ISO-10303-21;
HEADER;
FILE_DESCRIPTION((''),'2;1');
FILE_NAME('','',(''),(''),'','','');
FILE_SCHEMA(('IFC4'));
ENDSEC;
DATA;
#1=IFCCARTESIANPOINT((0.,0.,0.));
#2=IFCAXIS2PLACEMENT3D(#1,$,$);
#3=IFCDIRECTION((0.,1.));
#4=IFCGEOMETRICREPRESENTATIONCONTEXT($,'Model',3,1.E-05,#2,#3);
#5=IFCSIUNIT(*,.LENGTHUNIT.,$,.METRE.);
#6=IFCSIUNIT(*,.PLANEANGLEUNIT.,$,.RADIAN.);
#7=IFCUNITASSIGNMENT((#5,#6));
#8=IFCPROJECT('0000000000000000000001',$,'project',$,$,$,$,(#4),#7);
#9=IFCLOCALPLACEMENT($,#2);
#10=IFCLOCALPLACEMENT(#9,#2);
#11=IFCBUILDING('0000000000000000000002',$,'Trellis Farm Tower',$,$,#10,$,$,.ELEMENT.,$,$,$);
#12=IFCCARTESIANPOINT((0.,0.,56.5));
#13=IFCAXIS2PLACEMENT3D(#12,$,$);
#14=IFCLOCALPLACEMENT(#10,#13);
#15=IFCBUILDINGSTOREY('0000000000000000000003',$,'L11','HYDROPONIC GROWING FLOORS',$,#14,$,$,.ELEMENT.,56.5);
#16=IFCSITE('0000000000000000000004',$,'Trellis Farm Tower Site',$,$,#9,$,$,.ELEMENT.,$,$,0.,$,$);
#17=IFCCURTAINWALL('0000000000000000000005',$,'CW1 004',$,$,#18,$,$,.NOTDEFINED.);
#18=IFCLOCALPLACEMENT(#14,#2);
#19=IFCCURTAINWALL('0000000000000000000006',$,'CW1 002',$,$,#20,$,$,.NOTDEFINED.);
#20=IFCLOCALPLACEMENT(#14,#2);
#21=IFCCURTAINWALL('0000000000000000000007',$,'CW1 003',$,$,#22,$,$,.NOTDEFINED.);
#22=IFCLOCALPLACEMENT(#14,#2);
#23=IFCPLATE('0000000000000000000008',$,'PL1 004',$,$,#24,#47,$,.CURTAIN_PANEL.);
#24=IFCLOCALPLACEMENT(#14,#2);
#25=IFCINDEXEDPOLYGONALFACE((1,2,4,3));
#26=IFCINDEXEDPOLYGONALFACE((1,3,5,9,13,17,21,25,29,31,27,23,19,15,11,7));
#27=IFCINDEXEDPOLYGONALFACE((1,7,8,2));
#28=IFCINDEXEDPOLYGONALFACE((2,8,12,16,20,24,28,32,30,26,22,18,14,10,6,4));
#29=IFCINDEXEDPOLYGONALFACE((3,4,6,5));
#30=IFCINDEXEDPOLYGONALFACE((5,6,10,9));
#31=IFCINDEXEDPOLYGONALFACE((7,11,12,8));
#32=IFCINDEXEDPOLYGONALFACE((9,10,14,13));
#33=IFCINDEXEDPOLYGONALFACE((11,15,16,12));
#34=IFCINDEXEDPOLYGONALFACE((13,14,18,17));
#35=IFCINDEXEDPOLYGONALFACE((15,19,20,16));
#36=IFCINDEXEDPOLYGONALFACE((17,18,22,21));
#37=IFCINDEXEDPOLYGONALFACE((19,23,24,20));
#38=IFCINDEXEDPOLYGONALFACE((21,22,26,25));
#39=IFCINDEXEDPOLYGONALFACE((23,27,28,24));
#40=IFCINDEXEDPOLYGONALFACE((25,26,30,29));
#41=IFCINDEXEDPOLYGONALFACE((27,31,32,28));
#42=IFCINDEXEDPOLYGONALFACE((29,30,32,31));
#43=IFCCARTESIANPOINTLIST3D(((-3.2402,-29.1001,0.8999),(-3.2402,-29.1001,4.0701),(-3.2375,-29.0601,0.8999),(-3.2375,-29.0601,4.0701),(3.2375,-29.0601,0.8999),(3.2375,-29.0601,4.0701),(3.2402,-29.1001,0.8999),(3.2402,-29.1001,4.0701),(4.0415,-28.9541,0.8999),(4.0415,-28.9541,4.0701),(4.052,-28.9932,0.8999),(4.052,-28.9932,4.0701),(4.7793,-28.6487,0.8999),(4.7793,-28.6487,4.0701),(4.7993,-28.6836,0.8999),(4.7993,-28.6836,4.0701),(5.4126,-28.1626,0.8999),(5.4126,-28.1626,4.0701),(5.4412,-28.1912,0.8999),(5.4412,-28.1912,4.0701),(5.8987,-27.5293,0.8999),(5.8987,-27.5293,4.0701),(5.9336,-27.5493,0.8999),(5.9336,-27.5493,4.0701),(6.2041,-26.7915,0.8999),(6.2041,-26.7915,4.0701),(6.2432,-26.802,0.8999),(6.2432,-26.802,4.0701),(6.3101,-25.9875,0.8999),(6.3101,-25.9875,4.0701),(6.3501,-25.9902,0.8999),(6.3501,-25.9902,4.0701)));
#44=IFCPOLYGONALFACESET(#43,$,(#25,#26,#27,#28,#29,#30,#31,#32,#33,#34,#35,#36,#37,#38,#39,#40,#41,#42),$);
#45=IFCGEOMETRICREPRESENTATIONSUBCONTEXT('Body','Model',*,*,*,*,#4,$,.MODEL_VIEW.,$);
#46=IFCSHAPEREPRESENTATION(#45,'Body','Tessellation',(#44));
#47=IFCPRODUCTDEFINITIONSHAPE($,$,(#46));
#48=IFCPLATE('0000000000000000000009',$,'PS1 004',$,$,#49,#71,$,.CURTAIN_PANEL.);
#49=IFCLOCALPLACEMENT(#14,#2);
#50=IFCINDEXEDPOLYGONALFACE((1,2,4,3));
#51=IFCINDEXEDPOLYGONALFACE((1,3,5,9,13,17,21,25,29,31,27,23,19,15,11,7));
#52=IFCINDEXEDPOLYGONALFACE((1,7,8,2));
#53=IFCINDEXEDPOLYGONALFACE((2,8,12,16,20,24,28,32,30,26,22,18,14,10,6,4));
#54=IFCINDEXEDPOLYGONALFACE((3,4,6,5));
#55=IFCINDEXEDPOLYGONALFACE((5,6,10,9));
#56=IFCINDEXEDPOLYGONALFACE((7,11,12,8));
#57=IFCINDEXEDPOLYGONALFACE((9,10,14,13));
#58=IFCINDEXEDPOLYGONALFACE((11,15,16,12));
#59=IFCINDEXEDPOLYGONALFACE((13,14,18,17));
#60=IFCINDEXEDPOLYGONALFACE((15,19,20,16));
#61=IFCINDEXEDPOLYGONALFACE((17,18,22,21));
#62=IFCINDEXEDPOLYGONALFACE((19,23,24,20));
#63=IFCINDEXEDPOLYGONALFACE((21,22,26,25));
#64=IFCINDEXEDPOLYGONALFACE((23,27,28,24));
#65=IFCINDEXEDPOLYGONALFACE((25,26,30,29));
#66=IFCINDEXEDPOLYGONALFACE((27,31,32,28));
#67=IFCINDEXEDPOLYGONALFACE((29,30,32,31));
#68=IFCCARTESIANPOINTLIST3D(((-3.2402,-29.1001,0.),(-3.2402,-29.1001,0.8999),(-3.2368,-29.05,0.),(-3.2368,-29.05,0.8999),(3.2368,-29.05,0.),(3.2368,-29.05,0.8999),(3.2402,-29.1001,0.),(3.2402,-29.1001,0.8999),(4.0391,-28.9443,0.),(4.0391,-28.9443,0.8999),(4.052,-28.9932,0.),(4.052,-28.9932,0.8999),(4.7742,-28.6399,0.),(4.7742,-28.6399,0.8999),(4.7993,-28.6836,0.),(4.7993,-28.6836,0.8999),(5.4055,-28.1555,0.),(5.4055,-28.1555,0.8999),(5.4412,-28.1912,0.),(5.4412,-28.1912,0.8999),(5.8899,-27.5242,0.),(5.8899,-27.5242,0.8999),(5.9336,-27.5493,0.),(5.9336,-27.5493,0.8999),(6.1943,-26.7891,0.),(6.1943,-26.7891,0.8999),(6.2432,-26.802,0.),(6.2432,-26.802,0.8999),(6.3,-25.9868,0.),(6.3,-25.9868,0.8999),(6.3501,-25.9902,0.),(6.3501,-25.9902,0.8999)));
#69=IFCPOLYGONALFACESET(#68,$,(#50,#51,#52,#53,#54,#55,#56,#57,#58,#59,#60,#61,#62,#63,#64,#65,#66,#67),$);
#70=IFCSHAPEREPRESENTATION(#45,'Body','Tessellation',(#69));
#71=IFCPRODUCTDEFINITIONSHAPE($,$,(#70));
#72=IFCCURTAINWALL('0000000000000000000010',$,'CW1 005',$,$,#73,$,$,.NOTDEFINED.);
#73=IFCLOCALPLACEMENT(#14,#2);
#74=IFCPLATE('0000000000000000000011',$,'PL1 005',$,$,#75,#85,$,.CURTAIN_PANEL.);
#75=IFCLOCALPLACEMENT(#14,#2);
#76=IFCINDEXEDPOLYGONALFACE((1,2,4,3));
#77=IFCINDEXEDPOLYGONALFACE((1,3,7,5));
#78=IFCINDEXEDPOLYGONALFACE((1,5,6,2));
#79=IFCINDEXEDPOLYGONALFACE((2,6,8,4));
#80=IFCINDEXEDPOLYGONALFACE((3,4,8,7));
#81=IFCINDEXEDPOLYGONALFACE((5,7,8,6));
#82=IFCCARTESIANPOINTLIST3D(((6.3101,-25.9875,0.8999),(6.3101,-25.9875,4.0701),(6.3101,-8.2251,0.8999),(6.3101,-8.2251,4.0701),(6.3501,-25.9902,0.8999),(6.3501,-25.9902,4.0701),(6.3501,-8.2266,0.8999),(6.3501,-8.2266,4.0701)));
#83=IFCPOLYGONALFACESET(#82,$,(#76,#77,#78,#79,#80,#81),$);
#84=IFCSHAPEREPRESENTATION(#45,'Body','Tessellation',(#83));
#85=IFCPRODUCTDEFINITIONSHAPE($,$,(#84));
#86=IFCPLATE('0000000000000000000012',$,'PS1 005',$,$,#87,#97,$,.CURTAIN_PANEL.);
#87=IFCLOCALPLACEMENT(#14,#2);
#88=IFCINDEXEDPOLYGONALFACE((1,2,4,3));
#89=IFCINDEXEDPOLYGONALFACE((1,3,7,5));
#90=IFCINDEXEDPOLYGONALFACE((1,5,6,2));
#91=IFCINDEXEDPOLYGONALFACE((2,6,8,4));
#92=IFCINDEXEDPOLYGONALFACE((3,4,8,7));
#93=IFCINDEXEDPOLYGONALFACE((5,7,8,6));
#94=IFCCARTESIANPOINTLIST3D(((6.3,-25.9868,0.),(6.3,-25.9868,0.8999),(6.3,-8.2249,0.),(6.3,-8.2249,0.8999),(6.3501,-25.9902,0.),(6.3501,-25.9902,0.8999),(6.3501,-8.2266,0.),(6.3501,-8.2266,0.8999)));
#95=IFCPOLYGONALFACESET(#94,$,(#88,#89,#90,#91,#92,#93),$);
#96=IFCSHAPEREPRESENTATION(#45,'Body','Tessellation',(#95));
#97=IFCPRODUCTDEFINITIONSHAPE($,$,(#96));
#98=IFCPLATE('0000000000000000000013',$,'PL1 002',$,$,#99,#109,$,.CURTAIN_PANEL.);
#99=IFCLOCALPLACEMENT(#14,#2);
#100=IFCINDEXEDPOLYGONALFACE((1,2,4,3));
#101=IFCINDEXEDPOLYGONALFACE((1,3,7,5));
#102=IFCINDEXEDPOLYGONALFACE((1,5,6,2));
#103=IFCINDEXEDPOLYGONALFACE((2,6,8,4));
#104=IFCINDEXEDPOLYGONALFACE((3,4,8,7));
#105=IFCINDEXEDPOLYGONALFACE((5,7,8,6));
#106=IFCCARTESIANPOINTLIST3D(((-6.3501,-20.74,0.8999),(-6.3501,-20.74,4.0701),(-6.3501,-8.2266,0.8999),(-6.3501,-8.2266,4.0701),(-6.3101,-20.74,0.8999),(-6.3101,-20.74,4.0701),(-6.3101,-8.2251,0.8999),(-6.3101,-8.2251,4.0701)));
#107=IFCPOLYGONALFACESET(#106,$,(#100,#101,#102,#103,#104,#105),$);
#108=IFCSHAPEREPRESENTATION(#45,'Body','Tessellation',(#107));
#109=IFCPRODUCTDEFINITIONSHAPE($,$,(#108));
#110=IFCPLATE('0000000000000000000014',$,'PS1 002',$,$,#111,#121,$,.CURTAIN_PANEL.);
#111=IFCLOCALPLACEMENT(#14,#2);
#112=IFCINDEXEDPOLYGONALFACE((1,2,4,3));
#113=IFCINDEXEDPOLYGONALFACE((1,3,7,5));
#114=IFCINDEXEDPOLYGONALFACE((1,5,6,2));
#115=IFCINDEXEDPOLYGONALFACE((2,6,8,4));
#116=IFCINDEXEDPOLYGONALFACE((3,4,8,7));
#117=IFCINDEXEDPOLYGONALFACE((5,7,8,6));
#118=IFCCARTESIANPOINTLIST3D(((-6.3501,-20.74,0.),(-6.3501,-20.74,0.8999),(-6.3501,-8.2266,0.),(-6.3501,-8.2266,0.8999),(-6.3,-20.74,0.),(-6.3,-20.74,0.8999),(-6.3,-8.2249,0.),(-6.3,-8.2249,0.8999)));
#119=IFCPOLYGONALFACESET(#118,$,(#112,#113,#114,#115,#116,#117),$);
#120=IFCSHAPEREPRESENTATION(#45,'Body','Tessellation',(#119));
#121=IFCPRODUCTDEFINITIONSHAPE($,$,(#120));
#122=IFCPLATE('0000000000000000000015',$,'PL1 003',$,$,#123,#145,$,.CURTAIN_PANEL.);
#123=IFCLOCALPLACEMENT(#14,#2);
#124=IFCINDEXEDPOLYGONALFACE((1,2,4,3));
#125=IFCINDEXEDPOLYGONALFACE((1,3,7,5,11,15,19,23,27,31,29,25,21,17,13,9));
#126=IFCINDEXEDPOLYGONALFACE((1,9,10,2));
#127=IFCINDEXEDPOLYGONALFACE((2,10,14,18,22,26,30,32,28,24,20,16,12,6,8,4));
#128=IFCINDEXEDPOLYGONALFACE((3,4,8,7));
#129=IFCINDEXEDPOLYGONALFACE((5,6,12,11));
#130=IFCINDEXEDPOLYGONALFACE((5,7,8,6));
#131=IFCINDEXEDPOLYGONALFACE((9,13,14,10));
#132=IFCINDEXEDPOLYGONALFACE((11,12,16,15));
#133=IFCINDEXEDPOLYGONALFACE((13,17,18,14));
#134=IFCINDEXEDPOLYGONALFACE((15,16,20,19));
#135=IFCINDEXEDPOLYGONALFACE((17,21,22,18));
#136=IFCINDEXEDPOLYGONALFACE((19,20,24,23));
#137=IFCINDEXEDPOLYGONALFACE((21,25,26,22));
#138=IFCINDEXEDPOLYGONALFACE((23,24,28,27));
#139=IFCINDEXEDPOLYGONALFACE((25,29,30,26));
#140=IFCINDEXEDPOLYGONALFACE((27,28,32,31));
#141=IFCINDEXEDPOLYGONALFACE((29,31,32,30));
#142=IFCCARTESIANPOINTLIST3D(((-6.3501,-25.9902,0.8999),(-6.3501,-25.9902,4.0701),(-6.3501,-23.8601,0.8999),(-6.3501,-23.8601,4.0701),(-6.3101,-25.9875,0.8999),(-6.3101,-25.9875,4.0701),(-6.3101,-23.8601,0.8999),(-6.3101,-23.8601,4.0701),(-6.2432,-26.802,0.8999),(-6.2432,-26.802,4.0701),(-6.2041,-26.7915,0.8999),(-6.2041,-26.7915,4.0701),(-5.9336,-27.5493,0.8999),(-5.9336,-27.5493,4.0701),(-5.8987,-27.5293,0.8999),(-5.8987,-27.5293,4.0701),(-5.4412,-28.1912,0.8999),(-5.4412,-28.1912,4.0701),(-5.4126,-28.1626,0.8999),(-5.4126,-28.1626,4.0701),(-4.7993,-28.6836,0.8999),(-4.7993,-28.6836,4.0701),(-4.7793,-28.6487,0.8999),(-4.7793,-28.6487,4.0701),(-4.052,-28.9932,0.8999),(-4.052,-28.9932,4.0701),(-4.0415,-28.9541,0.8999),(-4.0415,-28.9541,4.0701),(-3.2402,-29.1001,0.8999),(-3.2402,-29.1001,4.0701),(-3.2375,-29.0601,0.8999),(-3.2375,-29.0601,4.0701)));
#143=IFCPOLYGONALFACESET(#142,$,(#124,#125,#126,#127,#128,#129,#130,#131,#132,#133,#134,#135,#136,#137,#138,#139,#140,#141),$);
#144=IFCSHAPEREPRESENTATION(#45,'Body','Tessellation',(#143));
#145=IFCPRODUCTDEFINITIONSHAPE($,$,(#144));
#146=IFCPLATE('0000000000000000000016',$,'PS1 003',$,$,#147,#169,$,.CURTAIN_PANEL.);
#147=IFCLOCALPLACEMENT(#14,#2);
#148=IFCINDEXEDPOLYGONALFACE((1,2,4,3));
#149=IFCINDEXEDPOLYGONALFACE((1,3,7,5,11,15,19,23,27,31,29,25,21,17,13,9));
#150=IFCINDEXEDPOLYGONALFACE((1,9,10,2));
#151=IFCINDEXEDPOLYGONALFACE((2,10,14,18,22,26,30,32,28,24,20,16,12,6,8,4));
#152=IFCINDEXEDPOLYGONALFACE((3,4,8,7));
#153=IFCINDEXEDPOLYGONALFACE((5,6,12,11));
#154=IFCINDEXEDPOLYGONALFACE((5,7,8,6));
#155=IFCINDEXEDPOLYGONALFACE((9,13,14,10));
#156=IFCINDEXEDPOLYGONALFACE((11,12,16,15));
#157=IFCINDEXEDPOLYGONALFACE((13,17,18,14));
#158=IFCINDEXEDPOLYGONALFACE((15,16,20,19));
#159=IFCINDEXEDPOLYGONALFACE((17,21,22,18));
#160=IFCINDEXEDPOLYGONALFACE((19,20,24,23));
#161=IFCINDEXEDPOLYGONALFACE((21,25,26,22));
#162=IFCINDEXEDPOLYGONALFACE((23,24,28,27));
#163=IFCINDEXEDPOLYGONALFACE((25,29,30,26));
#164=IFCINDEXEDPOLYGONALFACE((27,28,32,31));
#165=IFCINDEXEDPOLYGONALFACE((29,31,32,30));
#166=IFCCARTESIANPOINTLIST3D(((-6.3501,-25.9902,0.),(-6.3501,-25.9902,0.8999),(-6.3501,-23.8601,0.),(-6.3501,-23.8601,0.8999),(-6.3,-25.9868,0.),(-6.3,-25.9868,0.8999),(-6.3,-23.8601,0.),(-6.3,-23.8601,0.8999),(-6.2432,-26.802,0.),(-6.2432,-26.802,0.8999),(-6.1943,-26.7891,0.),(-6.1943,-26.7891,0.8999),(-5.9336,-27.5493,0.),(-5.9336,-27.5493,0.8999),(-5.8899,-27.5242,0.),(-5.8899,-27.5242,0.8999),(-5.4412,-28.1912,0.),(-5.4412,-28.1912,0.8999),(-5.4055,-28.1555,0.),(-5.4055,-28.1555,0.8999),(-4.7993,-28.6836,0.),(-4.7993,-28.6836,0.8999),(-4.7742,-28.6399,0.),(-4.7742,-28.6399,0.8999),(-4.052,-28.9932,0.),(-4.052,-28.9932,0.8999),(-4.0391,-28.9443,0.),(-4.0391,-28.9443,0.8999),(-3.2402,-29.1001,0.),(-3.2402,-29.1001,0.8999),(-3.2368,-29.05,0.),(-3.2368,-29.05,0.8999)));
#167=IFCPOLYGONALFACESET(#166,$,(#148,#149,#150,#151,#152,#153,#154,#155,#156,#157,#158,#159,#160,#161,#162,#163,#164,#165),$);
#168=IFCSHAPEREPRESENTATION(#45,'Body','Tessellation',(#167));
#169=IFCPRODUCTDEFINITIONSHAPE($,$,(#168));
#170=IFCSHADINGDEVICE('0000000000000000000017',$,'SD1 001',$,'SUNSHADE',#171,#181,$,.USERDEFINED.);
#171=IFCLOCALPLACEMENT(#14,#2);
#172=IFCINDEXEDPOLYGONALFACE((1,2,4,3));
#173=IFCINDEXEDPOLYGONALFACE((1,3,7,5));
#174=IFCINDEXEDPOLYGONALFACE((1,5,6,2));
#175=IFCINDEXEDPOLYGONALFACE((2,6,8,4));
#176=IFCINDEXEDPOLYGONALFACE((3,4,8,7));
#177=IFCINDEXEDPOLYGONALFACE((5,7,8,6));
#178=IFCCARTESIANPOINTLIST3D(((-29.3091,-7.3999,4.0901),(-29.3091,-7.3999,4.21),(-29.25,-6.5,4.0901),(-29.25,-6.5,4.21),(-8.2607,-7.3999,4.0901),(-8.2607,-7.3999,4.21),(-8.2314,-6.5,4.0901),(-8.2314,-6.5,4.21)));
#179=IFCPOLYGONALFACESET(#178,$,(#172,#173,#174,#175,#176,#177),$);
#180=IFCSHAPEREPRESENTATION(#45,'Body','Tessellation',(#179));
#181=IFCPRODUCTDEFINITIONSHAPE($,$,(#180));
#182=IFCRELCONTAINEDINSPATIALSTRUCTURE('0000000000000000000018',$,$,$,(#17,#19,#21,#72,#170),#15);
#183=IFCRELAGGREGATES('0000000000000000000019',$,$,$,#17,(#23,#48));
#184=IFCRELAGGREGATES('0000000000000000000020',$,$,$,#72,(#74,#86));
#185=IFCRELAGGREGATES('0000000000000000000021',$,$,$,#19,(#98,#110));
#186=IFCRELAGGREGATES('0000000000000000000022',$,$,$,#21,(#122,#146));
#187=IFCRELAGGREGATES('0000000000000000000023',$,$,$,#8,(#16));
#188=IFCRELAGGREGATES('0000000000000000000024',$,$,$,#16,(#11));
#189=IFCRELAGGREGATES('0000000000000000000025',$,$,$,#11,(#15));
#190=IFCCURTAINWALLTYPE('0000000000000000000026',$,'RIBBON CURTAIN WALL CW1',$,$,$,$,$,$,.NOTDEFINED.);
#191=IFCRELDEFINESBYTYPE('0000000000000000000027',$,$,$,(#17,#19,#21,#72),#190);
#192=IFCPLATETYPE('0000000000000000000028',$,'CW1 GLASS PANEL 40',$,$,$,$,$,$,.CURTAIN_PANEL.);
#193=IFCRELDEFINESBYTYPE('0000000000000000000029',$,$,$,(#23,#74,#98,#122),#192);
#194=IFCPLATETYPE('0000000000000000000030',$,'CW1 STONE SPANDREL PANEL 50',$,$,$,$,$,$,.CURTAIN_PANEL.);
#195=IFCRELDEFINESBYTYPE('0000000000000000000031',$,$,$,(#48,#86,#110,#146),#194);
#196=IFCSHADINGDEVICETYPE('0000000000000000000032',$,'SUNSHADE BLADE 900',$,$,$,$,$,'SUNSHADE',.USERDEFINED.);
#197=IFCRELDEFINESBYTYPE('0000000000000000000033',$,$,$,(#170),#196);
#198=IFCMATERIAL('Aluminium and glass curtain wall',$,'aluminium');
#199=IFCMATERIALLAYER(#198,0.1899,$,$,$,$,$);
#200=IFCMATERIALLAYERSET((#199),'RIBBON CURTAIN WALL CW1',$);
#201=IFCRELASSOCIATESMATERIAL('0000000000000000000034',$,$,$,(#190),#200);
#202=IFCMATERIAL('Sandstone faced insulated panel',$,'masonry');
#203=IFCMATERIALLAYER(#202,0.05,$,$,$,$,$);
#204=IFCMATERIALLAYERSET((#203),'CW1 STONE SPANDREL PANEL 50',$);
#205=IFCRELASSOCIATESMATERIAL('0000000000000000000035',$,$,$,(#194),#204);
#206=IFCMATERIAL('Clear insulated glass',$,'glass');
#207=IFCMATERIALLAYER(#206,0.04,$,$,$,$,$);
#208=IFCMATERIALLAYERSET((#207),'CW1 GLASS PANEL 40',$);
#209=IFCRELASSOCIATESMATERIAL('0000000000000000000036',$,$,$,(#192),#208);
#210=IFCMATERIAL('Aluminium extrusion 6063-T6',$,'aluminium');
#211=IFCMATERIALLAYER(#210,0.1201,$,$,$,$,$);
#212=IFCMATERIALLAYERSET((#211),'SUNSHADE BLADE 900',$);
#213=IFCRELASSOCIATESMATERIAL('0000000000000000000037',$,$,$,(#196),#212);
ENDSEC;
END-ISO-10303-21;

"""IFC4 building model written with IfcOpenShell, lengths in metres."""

from ifc_helpers import new_model, si_unit, direction, frame, origin, place, context, subcontext, project, spatial, polyline, outline, extrude, source, transform, mapped, material, layer, layer_set, type_object, element, aggregate, save


model = new_model("IFC4")

# Units and contexts
model_context = context("Model", 3, precision=1e-05, world=origin(), true_north=direction((0.0, 1.0)))
body_context = subcontext(model_context, "Body", "Model", "MODEL_VIEW")
ifc_project = project(units=[si_unit("LENGTHUNIT", "METRE"), si_unit("PLANEANGLEUNIT", "RADIAN")], contexts=[model_context])

# Site, building, storey
site_placement = place(None, origin())
site = spatial("IfcSite", under=ifc_project, at=site_placement, Name="Trellis Farm Tower Site", CompositionType="ELEMENT", RefElevation=0.0)
building_placement = place(site_placement, origin())
building = spatial("IfcBuilding", under=site, at=building_placement, Name="Trellis Farm Tower", CompositionType="ELEMENT")
storey_placement = place(building_placement, frame((0.0, 0.0, 56.5)))
storey = spatial("IfcBuildingStorey", under=building, at=storey_placement, Name="L11", Description="HYDROPONIC GROWING FLOORS", CompositionType="ELEMENT", Elevation=56.5)

# Curtain walls
ifc_material_1 = material(Name="Aluminium and glass curtain wall", Category="aluminium")
ifc_layer_1 = layer(ifc_material_1, 0.1899)
ifc_layer_set_1 = layer_set([ifc_layer_1], Name="RIBBON CURTAIN WALL CW1")
curtain_wall_type_1 = type_object("IfcCurtainWallType", Name="RIBBON CURTAIN WALL CW1", PredefinedType="NOTDEFINED", material=ifc_layer_set_1)
placement_1 = place(storey_placement, origin())
ifc_material_2 = material(Name="Aluminium extrusion 6063-T6", Category="aluminium")
curtain_wall_1 = element("IfcCurtainWall", 1, at=placement_1, inside=storey, type_object=curtain_wall_type_1, Name="CW1 004", PredefinedType="NOTDEFINED")
curtain_wall_2 = element("IfcCurtainWall", 2, at=placement_1, inside=storey, type_object=curtain_wall_type_1, Name="CW1 002", PredefinedType="NOTDEFINED")
curtain_wall_3 = element("IfcCurtainWall", 3, at=placement_1, inside=storey, type_object=curtain_wall_type_1, Name="CW1 003", PredefinedType="NOTDEFINED")

# Plates
ifc_material_3 = material(Name="Sandstone faced insulated panel", Category="masonry")
ifc_layer_2 = layer(ifc_material_3, 0.05)
ifc_layer_set_2 = layer_set([ifc_layer_2], Name="CW1 STONE SPANDREL PANEL 50")
plate_type_1 = type_object("IfcPlateType", Name="CW1 STONE SPANDREL PANEL 50", PredefinedType="CURTAIN_PANEL", material=ifc_layer_set_2)
ifc_material_4 = material(Name="Clear insulated glass", Category="glass")
ifc_layer_3 = layer(ifc_material_4, 0.04)
ifc_layer_set_3 = layer_set([ifc_layer_3], Name="CW1 GLASS PANEL 40")
plate_type_2 = type_object("IfcPlateType", Name="CW1 GLASS PANEL 40", PredefinedType="CURTAIN_PANEL", material=ifc_layer_set_3)
shared_shape_1 = source(origin(), body_context, "Body", "SweptSolid", [
    extrude(outline(polyline([(-3.2402, -29.1001), (3.2402, -29.1001), (4.052, -28.9932), (4.7993, -28.6836), (5.4412, -28.1912), (5.9336, -27.5493), (6.2432, -26.802), (6.3501, -25.9902), (6.3101, -25.9875), (6.2041, -26.7915), (5.8987, -27.5293), (5.4126, -28.1626), (4.7793, -28.6487), (4.0415, -28.9541), (3.2375, -29.0601), (-3.2375, -29.0601), (-3.2402, -29.1001)])), origin(), (0.0, 0.0, 1.0), 3.1702),
])
placement_2 = place(storey_placement, frame((0.0, 0.0, 0.8999)))
plate_1 = element("IfcPlate", 4, at=placement_2, type_object=plate_type_2, Name="PL1 004", PredefinedType="CURTAIN_PANEL", context=body_context, shape_type="MappedRepresentation", body=[
    mapped(shared_shape_1, transform((0.0, 0.0, 0.0))),
])
shared_shape_2 = source(origin(), body_context, "Body", "SweptSolid", [
    extrude(outline(polyline([(-3.2402, -29.1001), (3.2402, -29.1001), (4.052, -28.9932), (4.7993, -28.6836), (5.4412, -28.1912), (5.9336, -27.5493), (6.2432, -26.802), (6.3501, -25.9902), (6.3, -25.9868), (6.1943, -26.7891), (5.8899, -27.5242), (5.4055, -28.1555), (4.7742, -28.6399), (4.0391, -28.9443), (3.2368, -29.05), (-3.2368, -29.05), (-3.2402, -29.1001)])), origin(), (0.0, 0.0, 1.0), 0.8999),
])
plate_2 = element("IfcPlate", 5, at=placement_1, type_object=plate_type_1, Name="PS1 004", PredefinedType="CURTAIN_PANEL", context=body_context, shape_type="MappedRepresentation", body=[
    mapped(shared_shape_2, transform((0.0, 0.0, 0.0))),
])
aggregate(curtain_wall_1, [plate_1, plate_2])

# Curtain wall, plates
curtain_wall_4 = element("IfcCurtainWall", 6, at=placement_1, inside=storey, type_object=curtain_wall_type_1, Name="CW1 005", PredefinedType="NOTDEFINED")
shared_shape_3 = source(origin(), body_context, "Body", "SweptSolid", [
    extrude(outline(polyline([(6.3501, -25.9902), (6.3501, -8.2266), (6.3101, -8.2251), (6.3101, -25.9875), (6.3501, -25.9902)])), origin(), (0.0, 0.0, 1.0), 3.1702),
])
plate_3 = element("IfcPlate", 7, at=placement_2, type_object=plate_type_2, Name="PL1 005", PredefinedType="CURTAIN_PANEL", context=body_context, shape_type="MappedRepresentation", body=[
    mapped(shared_shape_3, transform((0.0, 0.0, 0.0))),
])
shared_shape_4 = source(origin(), body_context, "Body", "SweptSolid", [
    extrude(outline(polyline([(6.3501, -25.9902), (6.3501, -8.2266), (6.3, -8.2249), (6.3, -25.9868), (6.3501, -25.9902)])), origin(), (0.0, 0.0, 1.0), 0.8999),
])
plate_4 = element("IfcPlate", 8, at=placement_1, type_object=plate_type_1, Name="PS1 005", PredefinedType="CURTAIN_PANEL", context=body_context, shape_type="MappedRepresentation", body=[
    mapped(shared_shape_4, transform((0.0, 0.0, 0.0))),
])
aggregate(curtain_wall_4, [plate_3, plate_4])

# Plates
shared_shape_5 = source(origin(), body_context, "Body", "SweptSolid", [
    extrude(outline(polyline([(-6.3501, -8.2266), (-6.3501, -20.74), (-6.3101, -20.74), (-6.3101, -8.2251), (-6.3501, -8.2266)])), origin(), (0.0, 0.0, 1.0), 3.1702),
])
plate_5 = element("IfcPlate", 9, at=placement_2, type_object=plate_type_2, Name="PL1 002", PredefinedType="CURTAIN_PANEL", context=body_context, shape_type="MappedRepresentation", body=[
    mapped(shared_shape_5, transform((0.0, 0.0, 0.0))),
])
shared_shape_6 = source(origin(), body_context, "Body", "SweptSolid", [
    extrude(outline(polyline([(-6.3501, -8.2266), (-6.3501, -20.74), (-6.3, -20.74), (-6.3, -8.2249), (-6.3501, -8.2266)])), origin(), (0.0, 0.0, 1.0), 0.8999),
])
plate_6 = element("IfcPlate", 10, at=placement_1, type_object=plate_type_1, Name="PS1 002", PredefinedType="CURTAIN_PANEL", context=body_context, shape_type="MappedRepresentation", body=[
    mapped(shared_shape_6, transform((0.0, 0.0, 0.0))),
])
aggregate(curtain_wall_2, [plate_5, plate_6])
shared_shape_7 = source(origin(), body_context, "Body", "SweptSolid", [
    extrude(outline(polyline([(-6.3501, -23.8601), (-6.3501, -25.9902), (-6.2432, -26.802), (-5.9336, -27.5493), (-5.4412, -28.1912), (-4.7993, -28.6836), (-4.052, -28.9932), (-3.2402, -29.1001), (-3.2375, -29.0601), (-4.0415, -28.9541), (-4.7793, -28.6487), (-5.4126, -28.1626), (-5.8987, -27.5293), (-6.2041, -26.7915), (-6.3101, -25.9875), (-6.3101, -23.8601), (-6.3501, -23.8601)])), origin(), (0.0, 0.0, 1.0), 3.1702),
])
plate_7 = element("IfcPlate", 11, at=placement_2, type_object=plate_type_2, Name="PL1 003", PredefinedType="CURTAIN_PANEL", context=body_context, shape_type="MappedRepresentation", body=[
    mapped(shared_shape_7, transform((0.0, 0.0, 0.0))),
])
shared_shape_8 = source(origin(), body_context, "Body", "SweptSolid", [
    extrude(outline(polyline([(-6.3501, -23.8601), (-6.3501, -25.9902), (-6.2432, -26.802), (-5.9336, -27.5493), (-5.4412, -28.1912), (-4.7993, -28.6836), (-4.052, -28.9932), (-3.2402, -29.1001), (-3.2368, -29.05), (-4.0391, -28.9443), (-4.7742, -28.6399), (-5.4055, -28.1555), (-5.8899, -27.5242), (-6.1943, -26.7891), (-6.3, -25.9868), (-6.3, -23.8601), (-6.3501, -23.8601)])), origin(), (0.0, 0.0, 1.0), 0.8999),
])
plate_8 = element("IfcPlate", 12, at=placement_1, type_object=plate_type_1, Name="PS1 003", PredefinedType="CURTAIN_PANEL", context=body_context, shape_type="MappedRepresentation", body=[
    mapped(shared_shape_8, transform((0.0, 0.0, 0.0))),
])
aggregate(curtain_wall_3, [plate_7, plate_8])

# Shading device
ifc_layer_4 = layer(ifc_material_2, 0.1201)
ifc_layer_set_4 = layer_set([ifc_layer_4], Name="SUNSHADE BLADE 900")
shading_device_type_1 = type_object("IfcShadingDeviceType", Name="SUNSHADE BLADE 900", ElementType="SUNSHADE", PredefinedType="USERDEFINED", material=ifc_layer_set_4)
shared_shape_9 = source(origin(), body_context, "Body", "SweptSolid", [
    extrude(outline(polyline([(-29.3091, -7.3999), (-8.2607, -7.3999), (-8.2314, -6.5), (-29.25, -6.5), (-29.3091, -7.3999)])), origin(), (0.0, 0.0, 1.0), 0.1199),
])
placement_3 = place(storey_placement, frame((0.0, 0.0, 4.0901)))
element("IfcShadingDevice", 13, at=placement_3, inside=storey, type_object=shading_device_type_1, Name="SD1 001", ObjectType="SUNSHADE", PredefinedType="USERDEFINED", context=body_context, shape_type="MappedRepresentation", body=[
    mapped(shared_shape_9, transform((0.0, 0.0, 0.0))),
])

save(model, "model.ifc")
